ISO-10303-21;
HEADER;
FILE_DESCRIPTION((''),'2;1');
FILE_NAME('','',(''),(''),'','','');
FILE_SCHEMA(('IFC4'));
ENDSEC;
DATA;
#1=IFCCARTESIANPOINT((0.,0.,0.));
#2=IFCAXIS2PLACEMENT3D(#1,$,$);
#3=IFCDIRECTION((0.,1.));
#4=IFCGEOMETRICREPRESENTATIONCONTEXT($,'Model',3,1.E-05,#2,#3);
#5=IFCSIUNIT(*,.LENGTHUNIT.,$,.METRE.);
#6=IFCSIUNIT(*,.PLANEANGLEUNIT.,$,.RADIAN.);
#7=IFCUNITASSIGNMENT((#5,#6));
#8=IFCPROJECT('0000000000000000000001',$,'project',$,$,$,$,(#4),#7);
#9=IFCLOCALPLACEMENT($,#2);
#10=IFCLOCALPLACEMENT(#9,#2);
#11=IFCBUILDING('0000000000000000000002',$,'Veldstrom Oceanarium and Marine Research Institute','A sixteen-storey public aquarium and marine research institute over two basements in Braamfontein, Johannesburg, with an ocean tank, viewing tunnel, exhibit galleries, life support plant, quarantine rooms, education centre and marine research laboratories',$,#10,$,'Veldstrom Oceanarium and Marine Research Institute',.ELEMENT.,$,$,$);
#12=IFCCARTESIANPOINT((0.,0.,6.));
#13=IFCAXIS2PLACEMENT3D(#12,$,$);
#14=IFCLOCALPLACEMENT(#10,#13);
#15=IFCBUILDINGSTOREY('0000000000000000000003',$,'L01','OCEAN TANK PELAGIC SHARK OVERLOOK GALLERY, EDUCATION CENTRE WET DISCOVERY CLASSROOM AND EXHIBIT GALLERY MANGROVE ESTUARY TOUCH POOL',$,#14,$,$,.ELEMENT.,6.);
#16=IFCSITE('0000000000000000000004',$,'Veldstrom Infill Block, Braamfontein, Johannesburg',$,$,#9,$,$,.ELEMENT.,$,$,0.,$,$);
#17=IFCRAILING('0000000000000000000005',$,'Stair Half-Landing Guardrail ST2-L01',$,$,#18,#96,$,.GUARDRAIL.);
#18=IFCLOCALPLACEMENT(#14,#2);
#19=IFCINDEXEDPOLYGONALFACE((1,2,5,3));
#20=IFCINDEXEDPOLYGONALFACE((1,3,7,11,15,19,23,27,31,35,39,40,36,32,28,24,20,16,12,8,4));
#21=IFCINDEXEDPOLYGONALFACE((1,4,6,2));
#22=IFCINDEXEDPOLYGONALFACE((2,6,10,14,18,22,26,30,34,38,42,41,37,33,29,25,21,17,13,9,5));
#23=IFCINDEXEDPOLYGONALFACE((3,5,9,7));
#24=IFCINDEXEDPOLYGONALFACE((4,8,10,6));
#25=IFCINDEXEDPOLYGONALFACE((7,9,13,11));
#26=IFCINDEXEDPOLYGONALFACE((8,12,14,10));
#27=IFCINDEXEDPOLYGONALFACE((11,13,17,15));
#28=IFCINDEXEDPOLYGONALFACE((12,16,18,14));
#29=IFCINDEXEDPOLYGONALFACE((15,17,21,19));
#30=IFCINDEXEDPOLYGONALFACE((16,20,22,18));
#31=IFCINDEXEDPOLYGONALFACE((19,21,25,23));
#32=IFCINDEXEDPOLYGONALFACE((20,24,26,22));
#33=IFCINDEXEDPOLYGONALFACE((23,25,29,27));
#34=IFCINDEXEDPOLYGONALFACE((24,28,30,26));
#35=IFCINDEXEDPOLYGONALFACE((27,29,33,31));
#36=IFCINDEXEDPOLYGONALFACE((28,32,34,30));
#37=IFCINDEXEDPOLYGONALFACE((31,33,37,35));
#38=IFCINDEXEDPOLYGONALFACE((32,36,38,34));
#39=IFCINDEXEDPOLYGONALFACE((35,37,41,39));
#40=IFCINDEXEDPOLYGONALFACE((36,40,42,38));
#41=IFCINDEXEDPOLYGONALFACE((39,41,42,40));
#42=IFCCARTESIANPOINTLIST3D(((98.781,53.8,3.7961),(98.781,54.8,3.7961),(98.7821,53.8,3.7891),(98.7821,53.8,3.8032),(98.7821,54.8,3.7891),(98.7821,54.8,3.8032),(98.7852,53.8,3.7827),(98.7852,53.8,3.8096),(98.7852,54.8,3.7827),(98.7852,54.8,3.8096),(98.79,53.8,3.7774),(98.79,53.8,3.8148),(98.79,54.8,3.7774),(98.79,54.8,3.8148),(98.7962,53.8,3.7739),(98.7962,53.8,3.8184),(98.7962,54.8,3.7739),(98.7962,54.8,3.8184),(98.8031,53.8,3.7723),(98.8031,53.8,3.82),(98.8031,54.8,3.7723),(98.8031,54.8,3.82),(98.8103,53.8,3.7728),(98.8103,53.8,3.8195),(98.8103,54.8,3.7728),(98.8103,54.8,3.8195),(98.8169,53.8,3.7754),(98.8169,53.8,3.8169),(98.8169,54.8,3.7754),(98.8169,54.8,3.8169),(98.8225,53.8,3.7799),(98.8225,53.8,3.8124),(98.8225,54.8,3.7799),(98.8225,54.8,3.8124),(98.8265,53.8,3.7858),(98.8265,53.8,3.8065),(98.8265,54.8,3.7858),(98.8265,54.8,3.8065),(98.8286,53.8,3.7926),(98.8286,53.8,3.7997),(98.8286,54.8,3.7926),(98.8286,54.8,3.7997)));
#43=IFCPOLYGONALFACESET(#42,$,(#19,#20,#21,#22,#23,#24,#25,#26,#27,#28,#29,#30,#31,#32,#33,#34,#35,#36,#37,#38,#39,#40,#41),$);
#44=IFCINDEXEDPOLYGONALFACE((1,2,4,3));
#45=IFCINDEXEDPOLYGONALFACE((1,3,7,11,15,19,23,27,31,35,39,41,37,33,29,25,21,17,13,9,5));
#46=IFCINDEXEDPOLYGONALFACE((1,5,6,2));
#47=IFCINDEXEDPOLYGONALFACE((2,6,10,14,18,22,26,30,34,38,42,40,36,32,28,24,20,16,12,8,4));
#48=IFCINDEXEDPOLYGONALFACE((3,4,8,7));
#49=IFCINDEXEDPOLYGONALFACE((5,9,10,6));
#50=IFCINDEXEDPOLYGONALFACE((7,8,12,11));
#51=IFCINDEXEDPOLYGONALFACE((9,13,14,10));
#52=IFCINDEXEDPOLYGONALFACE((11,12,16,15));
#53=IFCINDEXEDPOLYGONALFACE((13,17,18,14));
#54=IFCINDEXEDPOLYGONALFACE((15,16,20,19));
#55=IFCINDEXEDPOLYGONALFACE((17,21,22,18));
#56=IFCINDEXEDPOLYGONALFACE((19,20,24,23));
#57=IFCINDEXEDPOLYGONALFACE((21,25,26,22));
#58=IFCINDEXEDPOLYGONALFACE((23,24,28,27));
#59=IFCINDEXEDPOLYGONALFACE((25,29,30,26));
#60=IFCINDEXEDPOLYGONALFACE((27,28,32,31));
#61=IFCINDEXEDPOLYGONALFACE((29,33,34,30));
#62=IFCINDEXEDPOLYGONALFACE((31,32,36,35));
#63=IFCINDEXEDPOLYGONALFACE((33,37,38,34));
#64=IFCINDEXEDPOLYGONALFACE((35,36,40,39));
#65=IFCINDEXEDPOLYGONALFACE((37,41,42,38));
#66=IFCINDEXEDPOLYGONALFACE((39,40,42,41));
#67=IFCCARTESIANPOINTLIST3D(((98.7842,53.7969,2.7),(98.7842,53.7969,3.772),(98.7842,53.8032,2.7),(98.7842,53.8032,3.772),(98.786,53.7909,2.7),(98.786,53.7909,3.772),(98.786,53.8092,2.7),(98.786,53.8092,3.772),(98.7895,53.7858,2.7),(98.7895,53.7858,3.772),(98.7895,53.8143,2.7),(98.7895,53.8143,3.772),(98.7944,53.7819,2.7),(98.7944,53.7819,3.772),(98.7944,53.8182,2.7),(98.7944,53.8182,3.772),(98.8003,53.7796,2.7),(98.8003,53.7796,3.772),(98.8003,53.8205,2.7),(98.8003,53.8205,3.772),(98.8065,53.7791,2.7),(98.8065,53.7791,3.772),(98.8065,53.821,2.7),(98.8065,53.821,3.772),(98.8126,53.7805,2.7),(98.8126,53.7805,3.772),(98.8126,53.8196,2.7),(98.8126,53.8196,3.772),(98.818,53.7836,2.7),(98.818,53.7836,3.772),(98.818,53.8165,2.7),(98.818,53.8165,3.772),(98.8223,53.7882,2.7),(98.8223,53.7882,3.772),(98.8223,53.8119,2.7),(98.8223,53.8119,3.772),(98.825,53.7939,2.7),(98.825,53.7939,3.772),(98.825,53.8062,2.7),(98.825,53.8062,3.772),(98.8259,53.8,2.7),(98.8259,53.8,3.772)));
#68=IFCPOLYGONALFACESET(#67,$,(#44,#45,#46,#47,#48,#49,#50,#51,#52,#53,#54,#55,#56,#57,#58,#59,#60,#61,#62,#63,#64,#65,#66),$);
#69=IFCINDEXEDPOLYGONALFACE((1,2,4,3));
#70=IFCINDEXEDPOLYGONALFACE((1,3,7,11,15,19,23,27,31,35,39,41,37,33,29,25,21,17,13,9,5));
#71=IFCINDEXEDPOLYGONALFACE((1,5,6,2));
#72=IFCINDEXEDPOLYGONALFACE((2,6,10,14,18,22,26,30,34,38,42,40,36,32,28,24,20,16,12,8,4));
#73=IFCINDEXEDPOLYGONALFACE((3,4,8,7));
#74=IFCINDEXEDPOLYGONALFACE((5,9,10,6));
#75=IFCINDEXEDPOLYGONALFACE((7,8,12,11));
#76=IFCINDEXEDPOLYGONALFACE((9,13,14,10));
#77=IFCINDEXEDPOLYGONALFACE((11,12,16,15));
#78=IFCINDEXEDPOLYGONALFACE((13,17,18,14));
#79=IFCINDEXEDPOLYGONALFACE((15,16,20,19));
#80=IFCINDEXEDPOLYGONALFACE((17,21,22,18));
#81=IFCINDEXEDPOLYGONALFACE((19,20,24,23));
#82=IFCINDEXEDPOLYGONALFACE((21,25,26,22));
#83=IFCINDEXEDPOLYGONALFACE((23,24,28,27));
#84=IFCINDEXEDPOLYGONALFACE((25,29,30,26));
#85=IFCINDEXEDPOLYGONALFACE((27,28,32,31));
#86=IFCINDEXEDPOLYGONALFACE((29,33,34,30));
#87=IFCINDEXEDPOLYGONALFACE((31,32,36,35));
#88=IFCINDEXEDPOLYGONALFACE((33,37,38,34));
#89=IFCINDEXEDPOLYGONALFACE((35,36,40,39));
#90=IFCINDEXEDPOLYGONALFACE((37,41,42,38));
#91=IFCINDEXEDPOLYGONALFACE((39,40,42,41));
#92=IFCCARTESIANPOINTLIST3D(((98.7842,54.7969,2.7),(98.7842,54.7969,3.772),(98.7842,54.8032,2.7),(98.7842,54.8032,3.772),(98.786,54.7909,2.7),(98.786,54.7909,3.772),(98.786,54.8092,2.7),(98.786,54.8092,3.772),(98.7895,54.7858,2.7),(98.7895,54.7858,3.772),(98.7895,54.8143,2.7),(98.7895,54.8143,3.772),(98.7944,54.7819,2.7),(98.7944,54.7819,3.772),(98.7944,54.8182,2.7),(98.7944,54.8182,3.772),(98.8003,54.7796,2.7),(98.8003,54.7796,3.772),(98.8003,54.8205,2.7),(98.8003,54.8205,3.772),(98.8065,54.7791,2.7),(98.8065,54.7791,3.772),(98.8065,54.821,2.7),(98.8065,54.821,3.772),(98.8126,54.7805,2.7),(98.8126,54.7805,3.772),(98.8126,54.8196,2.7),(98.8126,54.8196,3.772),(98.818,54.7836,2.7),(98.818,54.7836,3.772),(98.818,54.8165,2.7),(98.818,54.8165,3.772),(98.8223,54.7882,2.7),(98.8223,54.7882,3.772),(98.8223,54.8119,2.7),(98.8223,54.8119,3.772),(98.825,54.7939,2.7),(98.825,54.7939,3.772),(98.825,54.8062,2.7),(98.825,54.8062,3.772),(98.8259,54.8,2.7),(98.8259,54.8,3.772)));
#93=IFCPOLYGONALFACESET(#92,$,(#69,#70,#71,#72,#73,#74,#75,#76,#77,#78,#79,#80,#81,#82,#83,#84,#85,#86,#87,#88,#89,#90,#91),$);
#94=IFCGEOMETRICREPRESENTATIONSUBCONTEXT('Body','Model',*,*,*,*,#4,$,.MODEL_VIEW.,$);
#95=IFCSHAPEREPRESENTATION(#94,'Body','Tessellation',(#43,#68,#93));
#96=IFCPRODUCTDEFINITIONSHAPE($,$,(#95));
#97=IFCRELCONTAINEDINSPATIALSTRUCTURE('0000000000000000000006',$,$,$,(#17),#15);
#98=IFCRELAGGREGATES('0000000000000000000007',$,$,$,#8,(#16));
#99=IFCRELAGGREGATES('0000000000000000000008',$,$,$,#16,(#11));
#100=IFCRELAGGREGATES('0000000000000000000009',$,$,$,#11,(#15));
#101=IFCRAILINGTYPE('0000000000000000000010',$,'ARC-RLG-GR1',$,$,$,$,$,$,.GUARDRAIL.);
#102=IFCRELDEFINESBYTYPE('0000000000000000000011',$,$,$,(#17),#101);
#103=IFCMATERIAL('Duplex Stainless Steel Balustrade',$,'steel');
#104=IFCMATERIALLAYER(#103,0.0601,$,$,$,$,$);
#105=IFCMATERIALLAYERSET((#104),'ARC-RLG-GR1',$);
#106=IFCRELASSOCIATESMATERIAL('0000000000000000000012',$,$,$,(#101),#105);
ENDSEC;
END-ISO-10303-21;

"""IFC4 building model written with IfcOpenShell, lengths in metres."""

from ifc_helpers import new_model, si_unit, direction, frame, origin, origin_2d, place, context, subcontext, project, spatial, circle, extrude, material, layer, layer_set, type_object, element, save


model = new_model("IFC4")

# Units and contexts
model_context = context("Model", 3, precision=1e-05, world=origin(), true_north=direction((0.0, 1.0)))
body_context = subcontext(model_context, "Body", "Model", "MODEL_VIEW")
ifc_project = project(units=[si_unit("LENGTHUNIT", "METRE"), si_unit("PLANEANGLEUNIT", "RADIAN")], contexts=[model_context])

# Site, building, storey
site_placement = place(None, origin())
site = spatial("IfcSite", under=ifc_project, at=site_placement, Name="Veldstrom Infill Block, Braamfontein, Johannesburg", CompositionType="ELEMENT", RefElevation=0.0)
building_placement = place(site_placement, origin())
building = spatial("IfcBuilding", under=site, at=building_placement, Name="Veldstrom Oceanarium and Marine Research Institute", Description="A sixteen-storey public aquarium and marine research institute over two basements in Braamfontein, Johannesburg, with an ocean tank, viewing tunnel, exhibit galleries, life support plant, quarantine rooms, education centre and marine research laboratories", LongName="Veldstrom Oceanarium and Marine Research Institute", CompositionType="ELEMENT")
storey_placement = place(building_placement, frame((0.0, 0.0, 6.0)))
storey = spatial("IfcBuildingStorey", under=building, at=storey_placement, Name="L01", Description="OCEAN TANK PELAGIC SHARK OVERLOOK GALLERY, EDUCATION CENTRE WET DISCOVERY CLASSROOM AND EXHIBIT GALLERY MANGROVE ESTUARY TOUCH POOL", CompositionType="ELEMENT", Elevation=6.0)

# Railing
ifc_material_1 = material(Name="Duplex Stainless Steel Balustrade", Category="steel")
ifc_layer_1 = layer(ifc_material_1, 0.0601)
ifc_layer_set_1 = layer_set([ifc_layer_1], Name="ARC-RLG-GR1")
railing_type_1 = type_object("IfcRailingType", Name="ARC-RLG-GR1", PredefinedType="GUARDRAIL", material=ifc_layer_set_1)
railing_1_placement = place(storey_placement, frame((98.8049, 53.8, 2.7)))
element("IfcRailing", 1, at=railing_1_placement, inside=storey, type_object=railing_type_1, Name="Stair Half-Landing Guardrail ST2-L01", PredefinedType="GUARDRAIL", context=body_context, shape_type="SweptSolid", body=[
    extrude(circle(Radius=0.0239, at=origin_2d()), frame((0.0, 0.0, 1.0962), z_axis=(0.0, 1.0, 0.0), x_axis=(-1.0, 0.0, 0.0)), (0.0, 0.0, 1.0), 1.0),
    extrude(circle(Radius=0.021, at=origin_2d()), origin(), (0.0, 0.0, 1.0), 1.072),
    extrude(circle(Radius=0.021, at=origin_2d()), frame((0.0, 1.0, 0.0)), (0.0, 0.0, 1.0), 1.072),
])

save(model, "model.ifc")
